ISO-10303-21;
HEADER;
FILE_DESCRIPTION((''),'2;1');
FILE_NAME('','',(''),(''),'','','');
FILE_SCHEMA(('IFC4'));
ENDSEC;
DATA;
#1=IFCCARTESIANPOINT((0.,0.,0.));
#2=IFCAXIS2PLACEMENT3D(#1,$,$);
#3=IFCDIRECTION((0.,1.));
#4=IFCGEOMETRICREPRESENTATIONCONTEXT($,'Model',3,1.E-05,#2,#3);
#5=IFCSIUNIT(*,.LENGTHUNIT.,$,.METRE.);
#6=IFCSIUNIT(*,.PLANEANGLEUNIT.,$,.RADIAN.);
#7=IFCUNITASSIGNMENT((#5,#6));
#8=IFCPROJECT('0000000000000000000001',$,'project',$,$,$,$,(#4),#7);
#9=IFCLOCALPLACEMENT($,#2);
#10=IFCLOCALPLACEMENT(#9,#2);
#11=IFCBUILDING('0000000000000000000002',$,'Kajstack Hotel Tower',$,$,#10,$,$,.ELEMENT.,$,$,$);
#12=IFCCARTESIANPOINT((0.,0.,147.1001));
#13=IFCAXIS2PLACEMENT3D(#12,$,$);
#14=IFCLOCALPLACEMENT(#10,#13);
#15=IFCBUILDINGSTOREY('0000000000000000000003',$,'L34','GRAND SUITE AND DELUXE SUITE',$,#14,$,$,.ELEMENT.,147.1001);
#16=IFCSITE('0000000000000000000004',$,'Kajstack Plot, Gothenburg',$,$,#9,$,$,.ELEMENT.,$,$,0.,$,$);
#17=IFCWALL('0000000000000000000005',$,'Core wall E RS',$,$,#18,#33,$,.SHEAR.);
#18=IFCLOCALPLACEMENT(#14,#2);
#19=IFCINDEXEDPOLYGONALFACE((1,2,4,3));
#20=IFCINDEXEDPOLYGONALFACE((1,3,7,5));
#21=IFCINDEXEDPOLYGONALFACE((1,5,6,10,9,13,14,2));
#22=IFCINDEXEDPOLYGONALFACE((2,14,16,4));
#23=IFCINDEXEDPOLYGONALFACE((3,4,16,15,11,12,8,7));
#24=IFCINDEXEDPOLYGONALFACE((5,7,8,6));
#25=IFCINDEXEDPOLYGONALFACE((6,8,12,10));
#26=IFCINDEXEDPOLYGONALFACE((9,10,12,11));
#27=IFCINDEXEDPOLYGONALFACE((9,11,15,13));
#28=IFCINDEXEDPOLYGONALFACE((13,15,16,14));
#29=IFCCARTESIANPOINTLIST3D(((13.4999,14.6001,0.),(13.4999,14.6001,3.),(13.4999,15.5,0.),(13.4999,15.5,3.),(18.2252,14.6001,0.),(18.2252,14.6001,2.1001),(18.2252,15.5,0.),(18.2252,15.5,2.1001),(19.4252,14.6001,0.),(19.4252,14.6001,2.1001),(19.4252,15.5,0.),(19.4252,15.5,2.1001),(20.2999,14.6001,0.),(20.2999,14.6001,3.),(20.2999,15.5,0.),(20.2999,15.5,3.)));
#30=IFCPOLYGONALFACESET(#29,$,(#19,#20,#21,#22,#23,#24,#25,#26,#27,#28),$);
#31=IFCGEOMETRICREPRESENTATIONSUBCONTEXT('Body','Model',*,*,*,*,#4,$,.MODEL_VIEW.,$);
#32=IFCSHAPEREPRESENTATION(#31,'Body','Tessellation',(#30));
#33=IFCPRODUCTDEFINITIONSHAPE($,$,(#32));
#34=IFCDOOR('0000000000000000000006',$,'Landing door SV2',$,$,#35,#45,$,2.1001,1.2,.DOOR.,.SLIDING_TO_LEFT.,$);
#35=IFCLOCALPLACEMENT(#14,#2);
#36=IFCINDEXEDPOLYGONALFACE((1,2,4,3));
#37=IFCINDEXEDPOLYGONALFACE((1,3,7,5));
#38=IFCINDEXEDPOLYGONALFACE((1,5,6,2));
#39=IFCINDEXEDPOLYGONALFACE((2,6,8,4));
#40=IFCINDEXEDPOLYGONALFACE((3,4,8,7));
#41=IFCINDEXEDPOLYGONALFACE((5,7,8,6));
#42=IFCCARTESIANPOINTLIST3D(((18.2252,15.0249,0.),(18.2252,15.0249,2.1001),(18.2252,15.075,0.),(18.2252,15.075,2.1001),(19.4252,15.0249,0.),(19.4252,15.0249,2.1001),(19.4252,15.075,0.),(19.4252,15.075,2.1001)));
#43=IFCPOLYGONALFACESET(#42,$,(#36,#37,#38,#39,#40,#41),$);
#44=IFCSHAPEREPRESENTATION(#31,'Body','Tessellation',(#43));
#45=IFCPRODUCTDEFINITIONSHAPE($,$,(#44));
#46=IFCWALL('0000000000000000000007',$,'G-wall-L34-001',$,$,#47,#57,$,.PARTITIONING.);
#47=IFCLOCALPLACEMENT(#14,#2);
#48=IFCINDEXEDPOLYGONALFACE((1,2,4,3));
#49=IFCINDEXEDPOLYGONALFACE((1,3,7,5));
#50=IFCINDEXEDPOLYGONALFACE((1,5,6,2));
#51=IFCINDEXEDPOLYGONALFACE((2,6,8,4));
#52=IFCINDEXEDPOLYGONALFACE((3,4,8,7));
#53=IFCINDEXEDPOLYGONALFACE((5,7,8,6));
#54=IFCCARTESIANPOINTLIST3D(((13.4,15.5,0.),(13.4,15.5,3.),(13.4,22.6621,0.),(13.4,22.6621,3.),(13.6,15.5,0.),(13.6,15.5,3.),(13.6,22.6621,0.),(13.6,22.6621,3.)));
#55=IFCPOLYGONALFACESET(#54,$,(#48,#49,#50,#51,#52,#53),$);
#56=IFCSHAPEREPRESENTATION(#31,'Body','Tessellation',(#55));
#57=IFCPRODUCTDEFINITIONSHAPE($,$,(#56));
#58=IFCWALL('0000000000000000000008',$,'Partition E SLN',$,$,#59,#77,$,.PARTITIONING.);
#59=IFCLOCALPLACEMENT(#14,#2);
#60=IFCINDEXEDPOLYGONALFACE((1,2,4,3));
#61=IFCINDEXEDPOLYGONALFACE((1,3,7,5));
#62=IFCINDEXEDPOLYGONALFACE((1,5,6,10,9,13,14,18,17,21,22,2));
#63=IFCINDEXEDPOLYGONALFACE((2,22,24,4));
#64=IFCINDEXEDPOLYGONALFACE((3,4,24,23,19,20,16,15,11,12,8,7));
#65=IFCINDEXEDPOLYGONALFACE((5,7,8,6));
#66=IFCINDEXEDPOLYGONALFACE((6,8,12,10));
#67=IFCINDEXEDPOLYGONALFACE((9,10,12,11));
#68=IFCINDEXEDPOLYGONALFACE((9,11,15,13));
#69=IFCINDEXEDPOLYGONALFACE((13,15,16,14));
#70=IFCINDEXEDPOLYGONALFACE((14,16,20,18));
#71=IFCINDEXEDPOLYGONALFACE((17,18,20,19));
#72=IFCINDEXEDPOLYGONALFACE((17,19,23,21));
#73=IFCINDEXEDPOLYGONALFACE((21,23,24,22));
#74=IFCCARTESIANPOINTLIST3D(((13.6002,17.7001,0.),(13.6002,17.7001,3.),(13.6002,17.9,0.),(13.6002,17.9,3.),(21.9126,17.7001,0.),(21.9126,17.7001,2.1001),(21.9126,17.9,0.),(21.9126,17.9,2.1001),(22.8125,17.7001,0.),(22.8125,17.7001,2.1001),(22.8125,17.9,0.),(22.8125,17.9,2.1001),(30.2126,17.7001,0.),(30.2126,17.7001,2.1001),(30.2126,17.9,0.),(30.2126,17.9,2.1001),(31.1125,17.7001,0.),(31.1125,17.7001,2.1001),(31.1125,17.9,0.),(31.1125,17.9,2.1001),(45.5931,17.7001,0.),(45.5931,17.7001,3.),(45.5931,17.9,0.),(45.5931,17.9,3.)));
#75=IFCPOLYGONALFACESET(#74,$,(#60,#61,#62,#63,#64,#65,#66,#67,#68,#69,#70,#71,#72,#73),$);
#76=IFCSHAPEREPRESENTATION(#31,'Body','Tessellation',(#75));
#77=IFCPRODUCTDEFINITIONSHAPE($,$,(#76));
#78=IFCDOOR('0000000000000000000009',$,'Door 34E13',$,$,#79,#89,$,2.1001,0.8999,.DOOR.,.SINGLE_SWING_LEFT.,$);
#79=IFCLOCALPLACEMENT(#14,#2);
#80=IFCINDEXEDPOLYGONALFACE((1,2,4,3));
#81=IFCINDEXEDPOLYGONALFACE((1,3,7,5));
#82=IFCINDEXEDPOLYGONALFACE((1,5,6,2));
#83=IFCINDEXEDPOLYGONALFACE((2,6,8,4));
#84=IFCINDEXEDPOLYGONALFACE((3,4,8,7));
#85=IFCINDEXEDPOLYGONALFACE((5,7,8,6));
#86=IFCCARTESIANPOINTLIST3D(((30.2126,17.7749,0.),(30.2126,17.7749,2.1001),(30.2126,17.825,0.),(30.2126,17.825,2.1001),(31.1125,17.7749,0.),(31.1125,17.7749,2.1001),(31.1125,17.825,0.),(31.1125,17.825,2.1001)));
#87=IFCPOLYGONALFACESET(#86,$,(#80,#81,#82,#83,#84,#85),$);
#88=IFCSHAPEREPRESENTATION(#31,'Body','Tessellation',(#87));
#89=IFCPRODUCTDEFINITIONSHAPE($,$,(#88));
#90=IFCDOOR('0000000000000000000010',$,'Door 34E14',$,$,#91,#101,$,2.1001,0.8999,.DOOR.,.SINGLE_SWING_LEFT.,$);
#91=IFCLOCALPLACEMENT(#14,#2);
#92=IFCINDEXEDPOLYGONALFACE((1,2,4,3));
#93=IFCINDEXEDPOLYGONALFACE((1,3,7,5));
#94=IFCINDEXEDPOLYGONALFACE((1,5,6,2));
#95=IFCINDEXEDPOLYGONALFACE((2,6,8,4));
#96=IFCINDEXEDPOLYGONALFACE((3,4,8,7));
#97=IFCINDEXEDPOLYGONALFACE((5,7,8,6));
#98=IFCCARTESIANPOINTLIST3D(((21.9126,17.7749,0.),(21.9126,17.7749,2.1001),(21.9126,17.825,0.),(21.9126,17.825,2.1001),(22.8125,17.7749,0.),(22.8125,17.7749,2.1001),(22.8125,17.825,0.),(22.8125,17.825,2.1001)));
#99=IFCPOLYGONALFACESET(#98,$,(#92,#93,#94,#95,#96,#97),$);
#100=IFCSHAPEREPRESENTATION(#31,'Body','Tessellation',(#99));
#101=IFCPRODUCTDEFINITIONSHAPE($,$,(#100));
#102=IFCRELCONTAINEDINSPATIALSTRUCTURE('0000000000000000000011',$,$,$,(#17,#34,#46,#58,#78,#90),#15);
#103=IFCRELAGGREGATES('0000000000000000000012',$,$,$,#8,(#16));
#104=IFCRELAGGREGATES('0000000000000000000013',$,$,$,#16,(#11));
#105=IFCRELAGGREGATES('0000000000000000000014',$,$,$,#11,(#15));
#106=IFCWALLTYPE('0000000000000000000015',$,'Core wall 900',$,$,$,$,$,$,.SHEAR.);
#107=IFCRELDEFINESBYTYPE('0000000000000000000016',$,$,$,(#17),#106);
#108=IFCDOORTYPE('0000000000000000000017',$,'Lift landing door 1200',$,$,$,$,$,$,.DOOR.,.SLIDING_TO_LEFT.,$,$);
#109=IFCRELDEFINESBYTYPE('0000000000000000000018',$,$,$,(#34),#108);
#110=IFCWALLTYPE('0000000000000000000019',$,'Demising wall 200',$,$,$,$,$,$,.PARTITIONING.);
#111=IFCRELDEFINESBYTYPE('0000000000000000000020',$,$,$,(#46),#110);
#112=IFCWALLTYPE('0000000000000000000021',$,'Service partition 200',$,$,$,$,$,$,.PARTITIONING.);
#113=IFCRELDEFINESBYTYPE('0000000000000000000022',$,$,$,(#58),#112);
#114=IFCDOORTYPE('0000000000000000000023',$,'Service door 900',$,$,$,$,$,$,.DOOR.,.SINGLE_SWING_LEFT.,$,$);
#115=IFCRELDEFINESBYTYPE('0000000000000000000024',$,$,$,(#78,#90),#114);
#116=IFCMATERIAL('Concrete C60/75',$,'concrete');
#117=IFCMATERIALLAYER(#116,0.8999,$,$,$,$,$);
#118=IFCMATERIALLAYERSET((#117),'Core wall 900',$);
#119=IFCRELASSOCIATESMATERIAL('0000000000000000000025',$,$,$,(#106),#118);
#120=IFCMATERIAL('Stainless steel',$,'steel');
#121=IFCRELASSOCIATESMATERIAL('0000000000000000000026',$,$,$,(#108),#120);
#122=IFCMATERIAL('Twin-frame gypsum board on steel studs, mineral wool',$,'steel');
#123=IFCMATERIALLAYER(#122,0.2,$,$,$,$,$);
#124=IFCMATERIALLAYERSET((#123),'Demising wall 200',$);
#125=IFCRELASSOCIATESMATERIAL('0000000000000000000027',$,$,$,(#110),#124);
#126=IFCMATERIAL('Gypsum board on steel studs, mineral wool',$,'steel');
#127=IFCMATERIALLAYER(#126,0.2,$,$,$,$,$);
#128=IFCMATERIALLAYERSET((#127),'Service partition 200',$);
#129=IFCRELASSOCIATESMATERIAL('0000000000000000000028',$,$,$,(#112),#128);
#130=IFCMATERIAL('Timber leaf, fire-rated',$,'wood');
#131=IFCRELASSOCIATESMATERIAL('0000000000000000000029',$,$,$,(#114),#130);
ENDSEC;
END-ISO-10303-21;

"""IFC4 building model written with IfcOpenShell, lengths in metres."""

from ifc_helpers import new_model, si_unit, direction, frame, frame_2d, origin, place, context, subcontext, project, spatial, rectangle, extrude, material, layer, layer_set, type_object, element, fill, save


model = new_model("IFC4")

# Units and contexts
model_context = context("Model", 3, precision=1e-05, world=origin(), true_north=direction((0.0, 1.0)))
body_context = subcontext(model_context, "Body", "Model", "MODEL_VIEW")
ifc_project = project(units=[si_unit("LENGTHUNIT", "METRE"), si_unit("PLANEANGLEUNIT", "RADIAN")], contexts=[model_context])

# Site, building, storey
site_placement = place(None, origin())
site = spatial("IfcSite", under=ifc_project, at=site_placement, Name="Kajstack Plot, Gothenburg", CompositionType="ELEMENT", RefElevation=0.0)
building_placement = place(site_placement, origin())
building = spatial("IfcBuilding", under=site, at=building_placement, Name="Kajstack Hotel Tower", CompositionType="ELEMENT")
storey_placement = place(building_placement, frame((0.0, 0.0, 147.1001)))
storey = spatial("IfcBuildingStorey", under=building, at=storey_placement, Name="L34", Description="GRAND SUITE AND DELUXE SUITE", CompositionType="ELEMENT", Elevation=147.1001)

# Wall, opening, door
ifc_material_1 = material(Name="Concrete C60/75", Category="concrete")
ifc_layer_1 = layer(ifc_material_1, 0.8999)
ifc_layer_set_1 = layer_set([ifc_layer_1], Name="Core wall 900")
wall_type_1 = type_object("IfcWallType", Name="Core wall 900", PredefinedType="SHEAR", material=ifc_layer_set_1)
wall_1_placement = place(storey_placement, frame((13.5, 15.05, 0.0), z_axis=(0.0, 0.0, 1.0), x_axis=(1.0, 0.0, 0.0)))
wall_1 = element("IfcWall", 1, at=wall_1_placement, inside=storey, type_object=wall_type_1, Name="Core wall E RS", PredefinedType="SHEAR", context=body_context, shape_type="SweptSolid", body=[
    extrude(rectangle(XDim=6.8, YDim=0.8999, at=frame_2d((3.3999, 0.0))), origin(), (0.0, 0.0, 1.0), 3.0),
])
opening_1_placement = place(wall_1_placement, frame((4.7251, 0.0, 0.0)))
opening_1 = element("IfcOpeningElement", 2, at=opening_1_placement, cuts=wall_1, PredefinedType="OPENING", context=body_context, shape_type="SweptSolid", body=[
    extrude(rectangle(XDim=1.2, YDim=2.1001, at=frame_2d((0.6001, 1.05))), frame((0.0, 0.46, 0.0), z_axis=(0.0, -1.0, 0.0), x_axis=(1.0, 0.0, 0.0)), (0.0, 0.0, 1.0), 0.9199),
])
ifc_material_2 = material(Name="Stainless steel", Category="steel")
door_type_1 = type_object("IfcDoorType", Name="Lift landing door 1200", OperationType="SLIDING_TO_LEFT", PredefinedType="DOOR", material=ifc_material_2)
door_1_placement = place(opening_1_placement, origin())
door_1 = element("IfcDoor", 3, at=door_1_placement, inside=storey, type_object=door_type_1, Name="Landing door SV2", OperationType="SLIDING_TO_LEFT", OverallHeight=2.1001, OverallWidth=1.2, PredefinedType="DOOR", context=body_context, shape_type="SweptSolid", body=[
    extrude(rectangle(XDim=1.2, YDim=2.1001, at=frame_2d((0.6001, 1.05))), frame((0.0, 0.0249, 0.0), z_axis=(0.0, -1.0, 0.0), x_axis=(1.0, 0.0, 0.0)), (0.0, 0.0, 1.0), 0.05),
])
fill(opening_1, door_1)

# Wall
ifc_material_3 = material(Name="Twin-frame gypsum board on steel studs, mineral wool", Category="steel")
ifc_layer_2 = layer(ifc_material_3, 0.2)
ifc_layer_set_2 = layer_set([ifc_layer_2], Name="Demising wall 200")
wall_type_2 = type_object("IfcWallType", Name="Demising wall 200", PredefinedType="PARTITIONING", material=ifc_layer_set_2)
wall_2_placement = place(storey_placement, frame((13.5, 15.5, 0.0), z_axis=(0.0, 0.0, 1.0), x_axis=(0.0, 1.0, 0.0)))
element("IfcWall", 4, at=wall_2_placement, inside=storey, type_object=wall_type_2, Name="G-wall-L34-001", PredefinedType="PARTITIONING", context=body_context, shape_type="SweptSolid", body=[
    extrude(rectangle(XDim=7.1621, YDim=0.2, at=frame_2d((3.5811, 0.0))), origin(), (0.0, 0.0, 1.0), 3.0),
])

# Wall, openings, doors
ifc_material_4 = material(Name="Gypsum board on steel studs, mineral wool", Category="steel")
ifc_layer_3 = layer(ifc_material_4, 0.2)
ifc_layer_set_3 = layer_set([ifc_layer_3], Name="Service partition 200")
wall_type_3 = type_object("IfcWallType", Name="Service partition 200", PredefinedType="PARTITIONING", material=ifc_layer_set_3)
wall_3_placement = place(storey_placement, frame((13.6001, 17.8, 0.0), z_axis=(0.0, 0.0, 1.0), x_axis=(1.0, 0.0, 0.0)))
wall_3 = element("IfcWall", 5, at=wall_3_placement, inside=storey, type_object=wall_type_3, Name="Partition E SLN", PredefinedType="PARTITIONING", context=body_context, shape_type="SweptSolid", body=[
    extrude(rectangle(XDim=31.9929, YDim=0.2, at=frame_2d((15.9966, 0.0))), origin(), (0.0, 0.0, 1.0), 3.0),
])
opening_2_placement = place(wall_3_placement, frame((16.6125, 0.0, 0.0)))
opening_2 = element("IfcOpeningElement", 6, at=opening_2_placement, cuts=wall_3, PredefinedType="OPENING", context=body_context, shape_type="SweptSolid", body=[
    extrude(rectangle(XDim=0.8999, YDim=2.1001, at=frame_2d((0.45, 1.05))), frame((0.0, 0.1099, 0.0), z_axis=(0.0, -1.0, 0.0), x_axis=(1.0, 0.0, 0.0)), (0.0, 0.0, 1.0), 0.22),
])
opening_3_placement = place(wall_3_placement, frame((8.3125, 0.0, 0.0)))
opening_3 = element("IfcOpeningElement", 7, at=opening_3_placement, cuts=wall_3, PredefinedType="OPENING", context=body_context, shape_type="SweptSolid", body=[
    extrude(rectangle(XDim=0.8999, YDim=2.1001, at=frame_2d((0.45, 1.05))), frame((0.0, 0.1099, 0.0), z_axis=(0.0, -1.0, 0.0), x_axis=(1.0, 0.0, 0.0)), (0.0, 0.0, 1.0), 0.22),
])
ifc_material_5 = material(Name="Timber leaf, fire-rated", Category="wood")
door_type_2 = type_object("IfcDoorType", Name="Service door 900", OperationType="SINGLE_SWING_LEFT", PredefinedType="DOOR", material=ifc_material_5)
door_2_placement = place(opening_2_placement, origin())
door_2 = element("IfcDoor", 8, at=door_2_placement, inside=storey, type_object=door_type_2, Name="Door 34E13", OperationType="SINGLE_SWING_LEFT", OverallHeight=2.1001, OverallWidth=0.8999, PredefinedType="DOOR", context=body_context, shape_type="SweptSolid", body=[
    extrude(rectangle(XDim=0.8999, YDim=2.1001, at=frame_2d((0.45, 1.05))), frame((0.0, 0.0249, 0.0), z_axis=(0.0, -1.0, 0.0), x_axis=(1.0, 0.0, 0.0)), (0.0, 0.0, 1.0), 0.05),
])
fill(opening_2, door_2)
door_3_placement = place(opening_3_placement, origin())
door_3 = element("IfcDoor", 9, at=door_3_placement, inside=storey, type_object=door_type_2, Name="Door 34E14", OperationType="SINGLE_SWING_LEFT", OverallHeight=2.1001, OverallWidth=0.8999, PredefinedType="DOOR", context=body_context, shape_type="SweptSolid", body=[
    extrude(rectangle(XDim=0.8999, YDim=2.1001, at=frame_2d((0.45, 1.05))), frame((0.0, 0.0249, 0.0), z_axis=(0.0, -1.0, 0.0), x_axis=(1.0, 0.0, 0.0)), (0.0, 0.0, 1.0), 0.05),
])
fill(opening_3, door_3)

save(model, "model.ifc")
